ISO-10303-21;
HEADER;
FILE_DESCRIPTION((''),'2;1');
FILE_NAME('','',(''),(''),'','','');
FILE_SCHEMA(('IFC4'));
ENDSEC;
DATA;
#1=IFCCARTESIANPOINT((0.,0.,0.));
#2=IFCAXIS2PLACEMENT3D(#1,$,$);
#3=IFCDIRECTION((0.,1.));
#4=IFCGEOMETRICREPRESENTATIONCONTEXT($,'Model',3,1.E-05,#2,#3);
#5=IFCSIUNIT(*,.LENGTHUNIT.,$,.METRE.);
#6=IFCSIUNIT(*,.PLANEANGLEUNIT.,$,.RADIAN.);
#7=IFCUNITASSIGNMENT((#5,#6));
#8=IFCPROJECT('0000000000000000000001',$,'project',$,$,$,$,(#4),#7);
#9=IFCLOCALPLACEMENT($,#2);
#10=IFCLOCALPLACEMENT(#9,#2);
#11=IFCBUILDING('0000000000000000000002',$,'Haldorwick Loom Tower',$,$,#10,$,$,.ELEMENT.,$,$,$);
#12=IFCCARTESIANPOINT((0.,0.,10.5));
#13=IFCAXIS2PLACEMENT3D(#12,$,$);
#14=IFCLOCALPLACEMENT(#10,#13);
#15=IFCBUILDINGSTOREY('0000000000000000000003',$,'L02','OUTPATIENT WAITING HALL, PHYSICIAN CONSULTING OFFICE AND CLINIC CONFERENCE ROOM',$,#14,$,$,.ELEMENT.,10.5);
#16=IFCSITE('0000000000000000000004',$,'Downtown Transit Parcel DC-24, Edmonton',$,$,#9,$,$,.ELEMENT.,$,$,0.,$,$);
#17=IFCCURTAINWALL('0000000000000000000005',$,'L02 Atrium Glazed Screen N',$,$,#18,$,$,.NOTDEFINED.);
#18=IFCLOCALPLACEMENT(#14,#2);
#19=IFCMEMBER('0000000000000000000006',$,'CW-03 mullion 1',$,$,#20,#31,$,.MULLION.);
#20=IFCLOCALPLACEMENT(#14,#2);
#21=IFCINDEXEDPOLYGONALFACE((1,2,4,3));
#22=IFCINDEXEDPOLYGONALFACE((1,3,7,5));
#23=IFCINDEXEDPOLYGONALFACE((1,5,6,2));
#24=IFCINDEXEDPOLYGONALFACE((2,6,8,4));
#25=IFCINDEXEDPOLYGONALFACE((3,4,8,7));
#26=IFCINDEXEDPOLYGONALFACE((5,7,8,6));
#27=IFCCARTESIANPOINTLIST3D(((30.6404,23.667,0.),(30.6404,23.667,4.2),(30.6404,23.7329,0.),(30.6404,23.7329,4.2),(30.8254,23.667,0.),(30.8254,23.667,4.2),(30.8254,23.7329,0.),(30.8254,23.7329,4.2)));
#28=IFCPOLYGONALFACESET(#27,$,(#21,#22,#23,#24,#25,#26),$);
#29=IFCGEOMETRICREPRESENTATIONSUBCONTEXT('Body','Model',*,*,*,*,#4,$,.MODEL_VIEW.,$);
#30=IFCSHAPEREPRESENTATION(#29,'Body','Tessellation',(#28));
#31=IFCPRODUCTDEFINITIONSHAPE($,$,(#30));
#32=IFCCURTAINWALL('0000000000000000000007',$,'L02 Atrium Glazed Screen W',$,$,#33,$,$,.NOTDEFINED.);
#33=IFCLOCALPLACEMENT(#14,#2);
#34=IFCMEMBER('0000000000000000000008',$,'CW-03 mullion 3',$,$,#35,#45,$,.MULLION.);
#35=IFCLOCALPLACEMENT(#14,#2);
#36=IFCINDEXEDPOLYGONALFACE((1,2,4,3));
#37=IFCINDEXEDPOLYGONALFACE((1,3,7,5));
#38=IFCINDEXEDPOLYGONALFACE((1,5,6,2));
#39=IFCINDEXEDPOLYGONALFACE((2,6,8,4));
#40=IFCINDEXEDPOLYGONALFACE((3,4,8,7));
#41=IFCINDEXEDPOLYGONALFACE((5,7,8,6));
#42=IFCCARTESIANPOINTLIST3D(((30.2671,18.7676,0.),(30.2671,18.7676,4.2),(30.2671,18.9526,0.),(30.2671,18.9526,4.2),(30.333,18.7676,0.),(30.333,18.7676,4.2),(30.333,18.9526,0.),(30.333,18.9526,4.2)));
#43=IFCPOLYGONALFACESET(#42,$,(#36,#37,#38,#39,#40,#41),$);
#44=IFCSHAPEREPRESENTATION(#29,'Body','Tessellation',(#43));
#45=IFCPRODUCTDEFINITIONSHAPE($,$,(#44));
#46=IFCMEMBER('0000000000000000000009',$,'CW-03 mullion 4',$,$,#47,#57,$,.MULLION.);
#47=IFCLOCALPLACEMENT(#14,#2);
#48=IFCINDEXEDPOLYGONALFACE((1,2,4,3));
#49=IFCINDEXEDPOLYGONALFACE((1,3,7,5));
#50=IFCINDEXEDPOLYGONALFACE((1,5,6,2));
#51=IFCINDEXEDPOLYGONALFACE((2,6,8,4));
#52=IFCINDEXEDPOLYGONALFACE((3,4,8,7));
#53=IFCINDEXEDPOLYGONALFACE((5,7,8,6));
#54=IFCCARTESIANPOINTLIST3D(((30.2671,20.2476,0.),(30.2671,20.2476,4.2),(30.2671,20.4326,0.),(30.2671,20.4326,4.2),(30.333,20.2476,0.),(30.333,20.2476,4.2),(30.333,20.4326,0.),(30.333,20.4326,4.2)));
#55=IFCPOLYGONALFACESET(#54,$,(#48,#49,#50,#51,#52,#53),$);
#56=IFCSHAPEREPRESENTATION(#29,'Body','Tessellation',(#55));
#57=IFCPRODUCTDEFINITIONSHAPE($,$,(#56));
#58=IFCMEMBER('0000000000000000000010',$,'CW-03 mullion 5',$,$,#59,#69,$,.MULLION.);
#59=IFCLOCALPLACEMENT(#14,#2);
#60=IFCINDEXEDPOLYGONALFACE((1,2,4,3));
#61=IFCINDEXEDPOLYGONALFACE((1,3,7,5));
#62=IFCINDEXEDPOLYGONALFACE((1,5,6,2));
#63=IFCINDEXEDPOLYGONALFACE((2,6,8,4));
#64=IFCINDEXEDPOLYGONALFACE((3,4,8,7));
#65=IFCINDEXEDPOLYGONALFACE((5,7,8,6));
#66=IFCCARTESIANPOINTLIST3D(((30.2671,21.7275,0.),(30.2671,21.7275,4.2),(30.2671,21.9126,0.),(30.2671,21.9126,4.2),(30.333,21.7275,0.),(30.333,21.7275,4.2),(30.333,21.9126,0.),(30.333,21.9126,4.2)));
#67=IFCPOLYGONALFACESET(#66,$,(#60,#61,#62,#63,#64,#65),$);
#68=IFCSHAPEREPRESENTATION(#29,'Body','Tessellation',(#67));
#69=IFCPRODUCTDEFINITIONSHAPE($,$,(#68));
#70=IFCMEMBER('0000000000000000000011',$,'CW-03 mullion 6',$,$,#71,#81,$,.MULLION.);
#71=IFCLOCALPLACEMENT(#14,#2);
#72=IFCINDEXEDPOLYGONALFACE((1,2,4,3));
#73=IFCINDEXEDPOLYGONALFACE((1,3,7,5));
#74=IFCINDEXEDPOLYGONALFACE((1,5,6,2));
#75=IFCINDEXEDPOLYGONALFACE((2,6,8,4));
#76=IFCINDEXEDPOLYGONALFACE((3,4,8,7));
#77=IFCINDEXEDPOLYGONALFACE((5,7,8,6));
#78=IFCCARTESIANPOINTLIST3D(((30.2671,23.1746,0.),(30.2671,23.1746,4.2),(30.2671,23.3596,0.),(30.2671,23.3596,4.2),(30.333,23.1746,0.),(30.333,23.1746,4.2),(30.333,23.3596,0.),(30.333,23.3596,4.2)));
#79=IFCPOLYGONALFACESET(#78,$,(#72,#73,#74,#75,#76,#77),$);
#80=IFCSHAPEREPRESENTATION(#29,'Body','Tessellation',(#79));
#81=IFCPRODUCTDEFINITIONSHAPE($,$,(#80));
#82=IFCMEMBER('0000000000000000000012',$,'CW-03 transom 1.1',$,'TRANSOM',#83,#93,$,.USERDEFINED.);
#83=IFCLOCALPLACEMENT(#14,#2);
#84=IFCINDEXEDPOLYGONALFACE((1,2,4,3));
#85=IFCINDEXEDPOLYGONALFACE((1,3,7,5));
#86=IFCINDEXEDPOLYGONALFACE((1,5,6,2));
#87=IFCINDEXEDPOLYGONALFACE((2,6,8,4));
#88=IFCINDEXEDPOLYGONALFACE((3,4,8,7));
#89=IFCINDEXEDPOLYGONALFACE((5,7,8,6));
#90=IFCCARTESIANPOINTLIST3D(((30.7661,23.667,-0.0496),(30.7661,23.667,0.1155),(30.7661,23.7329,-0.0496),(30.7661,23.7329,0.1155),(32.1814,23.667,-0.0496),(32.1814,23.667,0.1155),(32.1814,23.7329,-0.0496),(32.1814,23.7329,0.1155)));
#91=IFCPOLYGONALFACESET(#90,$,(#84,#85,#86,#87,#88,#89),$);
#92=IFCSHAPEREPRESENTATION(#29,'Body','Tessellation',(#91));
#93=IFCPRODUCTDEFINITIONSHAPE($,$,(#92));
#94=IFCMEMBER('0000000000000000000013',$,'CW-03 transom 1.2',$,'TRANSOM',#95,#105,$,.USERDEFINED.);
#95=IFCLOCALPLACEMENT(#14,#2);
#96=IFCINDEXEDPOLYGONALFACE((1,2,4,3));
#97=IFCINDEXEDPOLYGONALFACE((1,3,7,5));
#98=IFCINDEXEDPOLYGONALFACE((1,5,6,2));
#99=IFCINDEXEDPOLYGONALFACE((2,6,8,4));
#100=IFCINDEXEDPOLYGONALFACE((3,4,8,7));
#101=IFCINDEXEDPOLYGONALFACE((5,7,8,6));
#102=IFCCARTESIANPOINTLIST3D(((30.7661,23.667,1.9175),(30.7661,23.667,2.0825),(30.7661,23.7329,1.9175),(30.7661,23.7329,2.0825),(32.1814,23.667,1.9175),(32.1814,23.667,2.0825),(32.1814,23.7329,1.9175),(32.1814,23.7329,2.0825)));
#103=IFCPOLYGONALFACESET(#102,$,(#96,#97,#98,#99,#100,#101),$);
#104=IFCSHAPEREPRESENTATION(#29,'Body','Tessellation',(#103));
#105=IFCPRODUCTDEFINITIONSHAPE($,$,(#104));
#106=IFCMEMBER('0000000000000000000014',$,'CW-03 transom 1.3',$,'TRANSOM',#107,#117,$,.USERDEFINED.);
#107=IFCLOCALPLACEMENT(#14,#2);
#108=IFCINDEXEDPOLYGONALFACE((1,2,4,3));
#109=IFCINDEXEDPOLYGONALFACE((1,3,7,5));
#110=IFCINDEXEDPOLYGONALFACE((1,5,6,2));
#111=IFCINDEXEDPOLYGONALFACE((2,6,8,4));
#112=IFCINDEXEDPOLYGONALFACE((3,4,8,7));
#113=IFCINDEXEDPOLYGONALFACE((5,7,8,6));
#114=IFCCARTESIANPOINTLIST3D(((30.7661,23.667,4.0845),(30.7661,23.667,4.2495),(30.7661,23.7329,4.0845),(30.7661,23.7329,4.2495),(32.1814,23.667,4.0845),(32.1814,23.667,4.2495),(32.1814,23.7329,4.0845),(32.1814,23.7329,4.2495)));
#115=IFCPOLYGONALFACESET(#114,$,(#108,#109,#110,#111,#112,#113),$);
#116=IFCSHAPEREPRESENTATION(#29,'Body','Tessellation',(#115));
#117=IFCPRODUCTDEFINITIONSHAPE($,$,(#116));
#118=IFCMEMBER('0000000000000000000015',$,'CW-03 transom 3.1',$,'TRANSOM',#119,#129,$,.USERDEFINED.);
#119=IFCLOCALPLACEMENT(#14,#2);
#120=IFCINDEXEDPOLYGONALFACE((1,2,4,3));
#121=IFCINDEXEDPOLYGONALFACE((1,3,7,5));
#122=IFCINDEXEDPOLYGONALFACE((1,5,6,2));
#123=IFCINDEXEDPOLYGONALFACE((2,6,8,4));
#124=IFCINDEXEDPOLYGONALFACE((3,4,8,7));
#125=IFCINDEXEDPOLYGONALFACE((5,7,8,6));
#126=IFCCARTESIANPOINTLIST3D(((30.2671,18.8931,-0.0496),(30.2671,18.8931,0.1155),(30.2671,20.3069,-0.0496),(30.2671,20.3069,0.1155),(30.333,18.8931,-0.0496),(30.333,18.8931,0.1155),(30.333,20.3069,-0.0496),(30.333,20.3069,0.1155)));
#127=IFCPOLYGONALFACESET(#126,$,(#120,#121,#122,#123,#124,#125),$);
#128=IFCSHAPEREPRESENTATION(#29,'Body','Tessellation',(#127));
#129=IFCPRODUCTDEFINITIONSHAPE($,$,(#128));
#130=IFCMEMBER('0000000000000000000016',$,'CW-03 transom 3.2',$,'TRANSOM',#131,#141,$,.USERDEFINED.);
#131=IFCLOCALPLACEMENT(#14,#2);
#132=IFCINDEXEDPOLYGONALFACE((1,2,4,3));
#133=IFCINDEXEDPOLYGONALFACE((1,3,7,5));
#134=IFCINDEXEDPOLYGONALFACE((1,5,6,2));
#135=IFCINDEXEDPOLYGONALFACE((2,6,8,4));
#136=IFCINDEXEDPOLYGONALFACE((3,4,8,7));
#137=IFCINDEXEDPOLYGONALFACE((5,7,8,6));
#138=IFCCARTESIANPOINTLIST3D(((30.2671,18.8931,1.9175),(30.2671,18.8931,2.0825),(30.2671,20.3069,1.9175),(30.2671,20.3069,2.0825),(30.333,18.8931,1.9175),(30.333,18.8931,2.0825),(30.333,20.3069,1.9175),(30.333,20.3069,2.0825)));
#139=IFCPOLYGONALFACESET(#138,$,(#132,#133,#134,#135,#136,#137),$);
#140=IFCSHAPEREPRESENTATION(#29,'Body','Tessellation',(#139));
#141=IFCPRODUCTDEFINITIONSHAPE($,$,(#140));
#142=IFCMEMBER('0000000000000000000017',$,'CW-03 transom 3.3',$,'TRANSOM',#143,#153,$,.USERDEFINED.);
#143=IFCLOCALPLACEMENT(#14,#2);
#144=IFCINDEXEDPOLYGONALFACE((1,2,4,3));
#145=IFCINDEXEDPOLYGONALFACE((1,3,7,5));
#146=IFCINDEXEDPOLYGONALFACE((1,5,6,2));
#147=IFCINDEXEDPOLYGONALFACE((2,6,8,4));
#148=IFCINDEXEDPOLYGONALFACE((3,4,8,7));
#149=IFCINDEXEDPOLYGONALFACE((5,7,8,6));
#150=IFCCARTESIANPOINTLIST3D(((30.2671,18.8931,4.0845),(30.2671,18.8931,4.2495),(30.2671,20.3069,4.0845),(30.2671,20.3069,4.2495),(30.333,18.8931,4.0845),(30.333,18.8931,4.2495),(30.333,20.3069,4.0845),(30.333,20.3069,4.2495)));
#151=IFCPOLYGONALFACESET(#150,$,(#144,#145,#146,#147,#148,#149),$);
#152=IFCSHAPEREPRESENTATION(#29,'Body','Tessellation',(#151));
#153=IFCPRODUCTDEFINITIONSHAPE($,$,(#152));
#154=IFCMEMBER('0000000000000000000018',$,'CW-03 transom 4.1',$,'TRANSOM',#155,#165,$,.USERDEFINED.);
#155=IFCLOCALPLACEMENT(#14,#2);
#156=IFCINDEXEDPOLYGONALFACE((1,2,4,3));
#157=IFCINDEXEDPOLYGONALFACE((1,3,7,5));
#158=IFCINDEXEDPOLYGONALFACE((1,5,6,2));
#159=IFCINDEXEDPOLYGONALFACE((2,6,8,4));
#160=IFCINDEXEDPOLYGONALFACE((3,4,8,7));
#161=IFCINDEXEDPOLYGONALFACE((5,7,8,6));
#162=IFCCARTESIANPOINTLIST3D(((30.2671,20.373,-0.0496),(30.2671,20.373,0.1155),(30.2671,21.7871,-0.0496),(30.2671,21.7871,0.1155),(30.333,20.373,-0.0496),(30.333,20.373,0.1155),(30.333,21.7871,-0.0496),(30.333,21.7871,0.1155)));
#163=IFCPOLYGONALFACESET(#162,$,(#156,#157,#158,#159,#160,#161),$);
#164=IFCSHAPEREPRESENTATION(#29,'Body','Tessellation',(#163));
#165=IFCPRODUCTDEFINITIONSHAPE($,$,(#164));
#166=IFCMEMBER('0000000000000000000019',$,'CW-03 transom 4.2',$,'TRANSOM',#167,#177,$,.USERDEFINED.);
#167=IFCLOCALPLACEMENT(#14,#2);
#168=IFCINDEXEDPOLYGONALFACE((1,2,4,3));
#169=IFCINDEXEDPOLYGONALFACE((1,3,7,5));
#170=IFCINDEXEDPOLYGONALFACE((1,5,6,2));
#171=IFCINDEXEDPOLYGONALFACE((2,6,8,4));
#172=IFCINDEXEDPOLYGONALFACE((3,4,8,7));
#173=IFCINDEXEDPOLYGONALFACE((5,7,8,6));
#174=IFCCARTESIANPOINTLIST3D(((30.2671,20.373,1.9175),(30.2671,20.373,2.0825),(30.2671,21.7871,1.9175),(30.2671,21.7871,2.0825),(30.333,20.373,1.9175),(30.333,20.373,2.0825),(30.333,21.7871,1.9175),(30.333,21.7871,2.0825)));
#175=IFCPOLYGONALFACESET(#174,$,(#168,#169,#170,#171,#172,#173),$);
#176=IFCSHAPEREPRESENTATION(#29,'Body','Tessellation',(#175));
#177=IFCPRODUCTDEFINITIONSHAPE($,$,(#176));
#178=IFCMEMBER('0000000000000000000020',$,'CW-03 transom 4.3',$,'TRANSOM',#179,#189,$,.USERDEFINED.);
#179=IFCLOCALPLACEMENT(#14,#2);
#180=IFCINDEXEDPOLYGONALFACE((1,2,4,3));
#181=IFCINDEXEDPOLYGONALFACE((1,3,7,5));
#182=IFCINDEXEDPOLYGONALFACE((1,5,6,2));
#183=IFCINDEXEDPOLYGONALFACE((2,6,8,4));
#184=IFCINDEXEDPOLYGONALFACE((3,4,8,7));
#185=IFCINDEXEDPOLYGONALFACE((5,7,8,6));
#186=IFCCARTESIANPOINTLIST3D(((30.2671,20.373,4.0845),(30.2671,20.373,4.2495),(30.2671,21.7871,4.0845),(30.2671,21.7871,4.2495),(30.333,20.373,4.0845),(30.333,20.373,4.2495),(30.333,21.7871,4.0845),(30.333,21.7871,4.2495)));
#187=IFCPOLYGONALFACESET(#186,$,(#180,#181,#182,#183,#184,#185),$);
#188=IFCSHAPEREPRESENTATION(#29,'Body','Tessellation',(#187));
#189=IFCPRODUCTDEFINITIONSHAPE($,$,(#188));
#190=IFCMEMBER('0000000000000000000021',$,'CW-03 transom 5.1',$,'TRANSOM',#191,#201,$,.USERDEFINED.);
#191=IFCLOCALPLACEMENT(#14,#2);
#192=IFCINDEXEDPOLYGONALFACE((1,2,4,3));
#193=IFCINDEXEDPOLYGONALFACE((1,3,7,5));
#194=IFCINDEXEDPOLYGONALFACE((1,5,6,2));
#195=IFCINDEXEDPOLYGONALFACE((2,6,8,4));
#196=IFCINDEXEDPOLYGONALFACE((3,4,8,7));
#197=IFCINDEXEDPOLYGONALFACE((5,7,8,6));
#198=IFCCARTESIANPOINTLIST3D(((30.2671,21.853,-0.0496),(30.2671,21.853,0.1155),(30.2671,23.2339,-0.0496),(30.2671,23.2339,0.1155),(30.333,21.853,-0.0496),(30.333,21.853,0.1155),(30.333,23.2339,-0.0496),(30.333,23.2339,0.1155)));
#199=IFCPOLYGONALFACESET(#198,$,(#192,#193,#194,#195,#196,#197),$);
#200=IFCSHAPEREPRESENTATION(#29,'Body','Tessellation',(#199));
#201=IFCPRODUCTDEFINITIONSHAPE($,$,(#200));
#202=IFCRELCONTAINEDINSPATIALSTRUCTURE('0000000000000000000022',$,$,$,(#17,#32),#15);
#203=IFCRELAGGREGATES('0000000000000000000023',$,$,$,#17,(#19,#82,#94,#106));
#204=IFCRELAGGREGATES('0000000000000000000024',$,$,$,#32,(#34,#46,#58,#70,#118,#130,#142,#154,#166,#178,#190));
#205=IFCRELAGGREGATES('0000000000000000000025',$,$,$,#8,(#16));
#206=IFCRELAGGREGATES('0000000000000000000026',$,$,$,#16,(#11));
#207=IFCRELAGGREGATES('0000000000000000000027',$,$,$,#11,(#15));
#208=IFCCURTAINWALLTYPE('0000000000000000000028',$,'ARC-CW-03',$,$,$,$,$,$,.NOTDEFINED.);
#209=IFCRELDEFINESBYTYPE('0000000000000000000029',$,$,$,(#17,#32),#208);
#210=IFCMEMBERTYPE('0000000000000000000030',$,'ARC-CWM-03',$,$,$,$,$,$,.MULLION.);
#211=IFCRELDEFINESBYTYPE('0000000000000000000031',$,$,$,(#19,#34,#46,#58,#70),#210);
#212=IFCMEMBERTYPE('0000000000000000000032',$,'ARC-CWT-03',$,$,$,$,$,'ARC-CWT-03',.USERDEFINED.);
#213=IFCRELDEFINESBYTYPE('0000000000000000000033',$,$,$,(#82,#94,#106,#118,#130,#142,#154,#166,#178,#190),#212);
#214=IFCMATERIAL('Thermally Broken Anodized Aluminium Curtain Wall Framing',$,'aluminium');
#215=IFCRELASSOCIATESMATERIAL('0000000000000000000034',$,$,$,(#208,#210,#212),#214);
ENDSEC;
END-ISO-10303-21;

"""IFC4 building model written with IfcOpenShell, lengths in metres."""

from ifc_helpers import new_model, si_unit, direction, frame, origin, origin_2d, place, context, subcontext, project, spatial, rectangle, extrude, material, material_profile, profile_set, type_object, element, aggregate, save


model = new_model("IFC4")

# Units and contexts
model_context = context("Model", 3, precision=1e-05, world=origin(), true_north=direction((0.0, 1.0)))
body_context = subcontext(model_context, "Body", "Model", "MODEL_VIEW")
ifc_project = project(units=[si_unit("LENGTHUNIT", "METRE"), si_unit("PLANEANGLEUNIT", "RADIAN")], contexts=[model_context])

# Site, building, storey
site_placement = place(None, origin())
site = spatial("IfcSite", under=ifc_project, at=site_placement, Name="Downtown Transit Parcel DC-24, Edmonton", CompositionType="ELEMENT", RefElevation=0.0)
building_placement = place(site_placement, origin())
building = spatial("IfcBuilding", under=site, at=building_placement, Name="Haldorwick Loom Tower", CompositionType="ELEMENT")
storey_placement = place(building_placement, frame((0.0, 0.0, 10.5)))
storey = spatial("IfcBuildingStorey", under=building, at=storey_placement, Name="L02", Description="OUTPATIENT WAITING HALL, PHYSICIAN CONSULTING OFFICE AND CLINIC CONFERENCE ROOM", CompositionType="ELEMENT", Elevation=10.5)

# Curtain wall, member
ifc_material_1 = material(Name="Thermally Broken Anodized Aluminium Curtain Wall Framing", Category="aluminium")
curtain_wall_type = type_object("IfcCurtainWallType", Name="ARC-CW-03", PredefinedType="NOTDEFINED", material=ifc_material_1)
curtain_wall_1_placement = place(storey_placement, origin())
curtain_wall_1 = element("IfcCurtainWall", 1, at=curtain_wall_1_placement, inside=storey, type_object=curtain_wall_type, Name="L02 Atrium Glazed Screen N", PredefinedType="NOTDEFINED")
ifc_material_profile_1 = material_profile(ifc_material_1, rectangle(XDim=0.0659, YDim=0.1851, at=origin_2d()), Name="ALU_MUL_66X185", Category="aluminium")
ifc_profile_set_1 = profile_set([ifc_material_profile_1], Name="Thermally Broken Anodized Aluminium Curtain Wall Framing")
member_type_1 = type_object("IfcMemberType", Name="ARC-CWM-03", PredefinedType="MULLION", material=ifc_profile_set_1)
member_1_placement = place(storey_placement, frame((30.7329, 23.7, 0.0), z_axis=(0.0, 0.0, 1.0), x_axis=(0.0, 1.0, 0.0)))
member_1 = element("IfcMember", 2, at=member_1_placement, type_object=member_type_1, Name="CW-03 mullion 1", PredefinedType="MULLION", context=body_context, shape_type="SweptSolid", body=[
    extrude(rectangle(XDim=0.0659, YDim=0.1851, at=origin_2d()), origin(), (0.0, 0.0, 1.0), 4.2),
])

# Curtain wall, members
curtain_wall_2_placement = place(storey_placement, origin())
curtain_wall_2 = element("IfcCurtainWall", 3, at=curtain_wall_2_placement, inside=storey, type_object=curtain_wall_type, Name="L02 Atrium Glazed Screen W", PredefinedType="NOTDEFINED")
member_2_placement = place(storey_placement, frame((30.3, 18.8601, 0.0), z_axis=(0.0, 0.0, 1.0), x_axis=(-1.0, 0.0, 0.0)))
member_2 = element("IfcMember", 4, at=member_2_placement, type_object=member_type_1, Name="CW-03 mullion 3", PredefinedType="MULLION", context=body_context, shape_type="SweptSolid", body=[
    extrude(rectangle(XDim=0.0659, YDim=0.1851, at=origin_2d()), origin(), (0.0, 0.0, 1.0), 4.2),
])
member_3_placement = place(storey_placement, frame((30.3, 20.3401, 0.0), z_axis=(0.0, 0.0, 1.0), x_axis=(-1.0, 0.0, 0.0)))
member_3 = element("IfcMember", 5, at=member_3_placement, type_object=member_type_1, Name="CW-03 mullion 4", PredefinedType="MULLION", context=body_context, shape_type="SweptSolid", body=[
    extrude(rectangle(XDim=0.0659, YDim=0.1851, at=origin_2d()), origin(), (0.0, 0.0, 1.0), 4.2),
])
member_4_placement = place(storey_placement, frame((30.3, 21.8201, 0.0), z_axis=(0.0, 0.0, 1.0), x_axis=(-1.0, 0.0, 0.0)))
member_4 = element("IfcMember", 6, at=member_4_placement, type_object=member_type_1, Name="CW-03 mullion 5", PredefinedType="MULLION", context=body_context, shape_type="SweptSolid", body=[
    extrude(rectangle(XDim=0.0659, YDim=0.1851, at=origin_2d()), origin(), (0.0, 0.0, 1.0), 4.2),
])
member_5_placement = place(storey_placement, frame((30.3, 23.2671, 0.0), z_axis=(0.0, 0.0, 1.0), x_axis=(-1.0, 0.0, 0.0)))
member_5 = element("IfcMember", 7, at=member_5_placement, type_object=member_type_1, Name="CW-03 mullion 6", PredefinedType="MULLION", context=body_context, shape_type="SweptSolid", body=[
    extrude(rectangle(XDim=0.0659, YDim=0.1851, at=origin_2d()), origin(), (0.0, 0.0, 1.0), 4.2),
])

# Members
ifc_material_profile_2 = material_profile(ifc_material_1, rectangle(XDim=0.0659, YDim=0.165, at=origin_2d()), Name="ALU_TRN_66X165", Category="aluminium")
ifc_profile_set_2 = profile_set([ifc_material_profile_2], Name="Thermally Broken Anodized Aluminium Curtain Wall Framing")
member_type_2 = type_object("IfcMemberType", Name="ARC-CWT-03", ElementType="ARC-CWT-03", PredefinedType="USERDEFINED", material=ifc_profile_set_2)
member_6_placement = place(storey_placement, frame((30.7661, 23.7, 0.033), z_axis=(1.0, 0.0, 0.0), x_axis=(0.0, 1.0, 0.0)))
member_6 = element("IfcMember", 8, at=member_6_placement, type_object=member_type_2, Name="CW-03 transom 1.1", ObjectType="TRANSOM", PredefinedType="USERDEFINED", context=body_context, shape_type="SweptSolid", body=[
    extrude(rectangle(XDim=0.0659, YDim=0.165, at=origin_2d()), origin(), (0.0, 0.0, 1.0), 1.4153),
])
member_7_placement = place(storey_placement, frame((30.7661, 23.7, 2.0), z_axis=(1.0, 0.0, 0.0), x_axis=(0.0, 1.0, 0.0)))
member_7 = element("IfcMember", 9, at=member_7_placement, type_object=member_type_2, Name="CW-03 transom 1.2", ObjectType="TRANSOM", PredefinedType="USERDEFINED", context=body_context, shape_type="SweptSolid", body=[
    extrude(rectangle(XDim=0.0659, YDim=0.165, at=origin_2d()), origin(), (0.0, 0.0, 1.0), 1.4153),
])
member_8_placement = place(storey_placement, frame((30.7661, 23.7, 4.167), z_axis=(1.0, 0.0, 0.0), x_axis=(0.0, 1.0, 0.0)))
member_8 = element("IfcMember", 10, at=member_8_placement, type_object=member_type_2, Name="CW-03 transom 1.3", ObjectType="TRANSOM", PredefinedType="USERDEFINED", context=body_context, shape_type="SweptSolid", body=[
    extrude(rectangle(XDim=0.0659, YDim=0.165, at=origin_2d()), origin(), (0.0, 0.0, 1.0), 1.4153),
])
member_9_placement = place(storey_placement, frame((30.3, 18.8931, 0.033), z_axis=(0.0, 1.0, 0.0), x_axis=(-1.0, 0.0, 0.0)))
member_9 = element("IfcMember", 11, at=member_9_placement, type_object=member_type_2, Name="CW-03 transom 3.1", ObjectType="TRANSOM", PredefinedType="USERDEFINED", context=body_context, shape_type="SweptSolid", body=[
    extrude(rectangle(XDim=0.0659, YDim=0.165, at=origin_2d()), origin(), (0.0, 0.0, 1.0), 1.4138),
])
member_10_placement = place(storey_placement, frame((30.3, 18.8931, 2.0), z_axis=(0.0, 1.0, 0.0), x_axis=(-1.0, 0.0, 0.0)))
member_10 = element("IfcMember", 12, at=member_10_placement, type_object=member_type_2, Name="CW-03 transom 3.2", ObjectType="TRANSOM", PredefinedType="USERDEFINED", context=body_context, shape_type="SweptSolid", body=[
    extrude(rectangle(XDim=0.0659, YDim=0.165, at=origin_2d()), origin(), (0.0, 0.0, 1.0), 1.4138),
])
member_11_placement = place(storey_placement, frame((30.3, 18.8931, 4.167), z_axis=(0.0, 1.0, 0.0), x_axis=(-1.0, 0.0, 0.0)))
member_11 = element("IfcMember", 13, at=member_11_placement, type_object=member_type_2, Name="CW-03 transom 3.3", ObjectType="TRANSOM", PredefinedType="USERDEFINED", context=body_context, shape_type="SweptSolid", body=[
    extrude(rectangle(XDim=0.0659, YDim=0.165, at=origin_2d()), origin(), (0.0, 0.0, 1.0), 1.4138),
])
member_12_placement = place(storey_placement, frame((30.3, 20.373, 0.033), z_axis=(0.0, 1.0, 0.0), x_axis=(-1.0, 0.0, 0.0)))
member_12 = element("IfcMember", 14, at=member_12_placement, type_object=member_type_2, Name="CW-03 transom 4.1", ObjectType="TRANSOM", PredefinedType="USERDEFINED", context=body_context, shape_type="SweptSolid", body=[
    extrude(rectangle(XDim=0.0659, YDim=0.165, at=origin_2d()), origin(), (0.0, 0.0, 1.0), 1.4141),
])
member_13_placement = place(storey_placement, frame((30.3, 20.373, 2.0), z_axis=(0.0, 1.0, 0.0), x_axis=(-1.0, 0.0, 0.0)))
member_13 = element("IfcMember", 15, at=member_13_placement, type_object=member_type_2, Name="CW-03 transom 4.2", ObjectType="TRANSOM", PredefinedType="USERDEFINED", context=body_context, shape_type="SweptSolid", body=[
    extrude(rectangle(XDim=0.0659, YDim=0.165, at=origin_2d()), origin(), (0.0, 0.0, 1.0), 1.4141),
])
member_14_placement = place(storey_placement, frame((30.3, 20.373, 4.167), z_axis=(0.0, 1.0, 0.0), x_axis=(-1.0, 0.0, 0.0)))
member_14 = element("IfcMember", 16, at=member_14_placement, type_object=member_type_2, Name="CW-03 transom 4.3", ObjectType="TRANSOM", PredefinedType="USERDEFINED", context=body_context, shape_type="SweptSolid", body=[
    extrude(rectangle(XDim=0.0659, YDim=0.165, at=origin_2d()), origin(), (0.0, 0.0, 1.0), 1.4141),
])
member_15_placement = place(storey_placement, frame((30.3, 21.853, 0.033), z_axis=(0.0, 1.0, 0.0), x_axis=(-1.0, 0.0, 0.0)))
member_15 = element("IfcMember", 17, at=member_15_placement, type_object=member_type_2, Name="CW-03 transom 5.1", ObjectType="TRANSOM", PredefinedType="USERDEFINED", context=body_context, shape_type="SweptSolid", body=[
    extrude(rectangle(XDim=0.0659, YDim=0.165, at=origin_2d()), origin(), (0.0, 0.0, 1.0), 1.3809),
])

aggregate(curtain_wall_1, [member_1, member_6, member_7, member_8])
aggregate(curtain_wall_2, [member_2, member_3, member_4, member_5, member_9, member_10, member_11, member_12, member_13, member_14, member_15])

save(model, "model.ifc")
